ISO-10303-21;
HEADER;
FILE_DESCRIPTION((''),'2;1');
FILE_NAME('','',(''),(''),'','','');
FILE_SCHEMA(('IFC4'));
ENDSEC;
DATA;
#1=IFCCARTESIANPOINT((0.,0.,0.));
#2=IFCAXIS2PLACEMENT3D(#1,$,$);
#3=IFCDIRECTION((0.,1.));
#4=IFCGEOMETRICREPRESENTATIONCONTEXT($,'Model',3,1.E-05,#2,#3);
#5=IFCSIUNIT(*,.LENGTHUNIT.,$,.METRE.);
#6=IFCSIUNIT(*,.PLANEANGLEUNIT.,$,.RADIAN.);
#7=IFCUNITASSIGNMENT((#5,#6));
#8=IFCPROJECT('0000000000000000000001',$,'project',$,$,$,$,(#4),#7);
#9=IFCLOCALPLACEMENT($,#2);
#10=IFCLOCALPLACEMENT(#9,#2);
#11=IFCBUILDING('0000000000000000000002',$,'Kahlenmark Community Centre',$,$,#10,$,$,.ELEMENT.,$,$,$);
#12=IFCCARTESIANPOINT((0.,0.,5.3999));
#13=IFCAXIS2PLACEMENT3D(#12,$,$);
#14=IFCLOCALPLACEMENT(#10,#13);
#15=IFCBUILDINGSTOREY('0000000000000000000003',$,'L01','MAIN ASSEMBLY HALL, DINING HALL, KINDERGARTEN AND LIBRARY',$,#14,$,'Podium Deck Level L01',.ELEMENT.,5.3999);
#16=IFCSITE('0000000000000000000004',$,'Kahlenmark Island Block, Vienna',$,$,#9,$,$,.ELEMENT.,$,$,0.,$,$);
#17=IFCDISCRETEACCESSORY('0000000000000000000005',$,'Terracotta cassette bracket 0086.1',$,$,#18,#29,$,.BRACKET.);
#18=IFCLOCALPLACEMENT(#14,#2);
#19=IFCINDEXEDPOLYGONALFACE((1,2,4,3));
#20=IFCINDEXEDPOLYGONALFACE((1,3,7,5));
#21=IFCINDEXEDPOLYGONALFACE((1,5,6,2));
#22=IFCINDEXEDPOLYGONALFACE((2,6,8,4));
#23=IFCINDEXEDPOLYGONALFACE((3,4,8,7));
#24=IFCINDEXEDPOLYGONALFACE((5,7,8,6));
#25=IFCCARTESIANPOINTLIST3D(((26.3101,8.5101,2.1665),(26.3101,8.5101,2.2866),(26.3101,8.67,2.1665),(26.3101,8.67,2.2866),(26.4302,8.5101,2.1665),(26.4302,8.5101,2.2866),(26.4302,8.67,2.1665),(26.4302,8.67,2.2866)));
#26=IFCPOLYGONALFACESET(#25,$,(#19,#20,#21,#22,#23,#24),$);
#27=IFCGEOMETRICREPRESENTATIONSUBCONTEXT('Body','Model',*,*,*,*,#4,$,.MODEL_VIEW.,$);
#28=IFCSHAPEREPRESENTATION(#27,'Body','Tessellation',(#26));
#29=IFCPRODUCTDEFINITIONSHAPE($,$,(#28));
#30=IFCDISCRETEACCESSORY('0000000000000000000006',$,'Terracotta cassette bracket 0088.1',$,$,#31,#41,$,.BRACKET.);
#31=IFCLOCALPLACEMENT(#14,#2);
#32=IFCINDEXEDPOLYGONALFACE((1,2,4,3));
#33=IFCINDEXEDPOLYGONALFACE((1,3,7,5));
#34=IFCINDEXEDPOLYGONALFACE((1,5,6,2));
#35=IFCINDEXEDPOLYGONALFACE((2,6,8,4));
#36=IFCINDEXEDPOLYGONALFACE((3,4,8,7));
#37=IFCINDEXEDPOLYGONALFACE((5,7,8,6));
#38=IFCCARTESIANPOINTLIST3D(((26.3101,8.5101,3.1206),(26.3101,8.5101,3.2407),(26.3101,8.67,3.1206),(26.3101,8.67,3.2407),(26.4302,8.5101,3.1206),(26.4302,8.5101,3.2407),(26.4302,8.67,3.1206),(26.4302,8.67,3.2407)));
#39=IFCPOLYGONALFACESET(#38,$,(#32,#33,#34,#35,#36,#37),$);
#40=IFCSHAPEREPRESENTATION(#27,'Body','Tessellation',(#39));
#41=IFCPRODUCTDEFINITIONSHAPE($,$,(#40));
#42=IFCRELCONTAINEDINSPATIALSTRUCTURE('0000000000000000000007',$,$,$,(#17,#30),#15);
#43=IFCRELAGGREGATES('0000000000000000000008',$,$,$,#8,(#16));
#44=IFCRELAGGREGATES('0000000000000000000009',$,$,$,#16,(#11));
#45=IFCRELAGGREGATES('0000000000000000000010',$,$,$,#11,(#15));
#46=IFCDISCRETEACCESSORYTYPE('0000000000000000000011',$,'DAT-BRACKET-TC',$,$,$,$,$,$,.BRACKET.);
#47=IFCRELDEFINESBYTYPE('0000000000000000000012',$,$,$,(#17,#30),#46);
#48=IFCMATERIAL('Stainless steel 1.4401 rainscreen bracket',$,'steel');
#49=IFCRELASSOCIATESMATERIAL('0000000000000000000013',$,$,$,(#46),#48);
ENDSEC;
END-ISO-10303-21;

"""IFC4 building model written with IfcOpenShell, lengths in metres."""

from ifc_helpers import new_model, si_unit, direction, frame, origin, origin_2d, place, context, subcontext, project, spatial, rectangle, extrude, material, type_object, element, save


model = new_model("IFC4")

# Units and contexts
model_context = context("Model", 3, precision=1e-05, world=origin(), true_north=direction((0.0, 1.0)))
body_context = subcontext(model_context, "Body", "Model", "MODEL_VIEW")
ifc_project = project(units=[si_unit("LENGTHUNIT", "METRE"), si_unit("PLANEANGLEUNIT", "RADIAN")], contexts=[model_context])

# Site, building, storey
site_placement = place(None, origin())
site = spatial("IfcSite", under=ifc_project, at=site_placement, Name="Kahlenmark Island Block, Vienna", CompositionType="ELEMENT", RefElevation=0.0)
building_placement = place(site_placement, origin())
building = spatial("IfcBuilding", under=site, at=building_placement, Name="Kahlenmark Community Centre", CompositionType="ELEMENT")
storey_placement = place(building_placement, frame((0.0, 0.0, 5.3999)))
storey = spatial("IfcBuildingStorey", under=building, at=storey_placement, Name="L01", Description="MAIN ASSEMBLY HALL, DINING HALL, KINDERGARTEN AND LIBRARY", LongName="Podium Deck Level L01", CompositionType="ELEMENT", Elevation=5.3999)

# Discrete accessories
ifc_material_1 = material(Name="Stainless steel 1.4401 rainscreen bracket", Category="steel")
discrete_accessory_type = type_object("IfcDiscreteAccessoryType", Name="DAT-BRACKET-TC", PredefinedType="BRACKET", material=ifc_material_1)
for number, where, z_axis, x_axis, name in (
    (1, (26.3701, 8.5901, 2.1665), (0.0, 0.0, 1.0), (1.0, 0.0, 0.0), "Terracotta cassette bracket 0086.1"),
    (2, (26.3701, 8.5901, 3.1206), (0.0, 0.0, 1.0), (1.0, 0.0, 0.0), "Terracotta cassette bracket 0088.1"),
):
    element("IfcDiscreteAccessory", number, at=place(storey_placement, frame(where, z_axis=z_axis, x_axis=x_axis)), inside=storey, type_object=discrete_accessory_type, Name=name, PredefinedType="BRACKET", context=body_context, shape_type="SweptSolid", body=[
        extrude(rectangle(XDim=0.1201, YDim=0.1599, at=origin_2d()), origin(), (0.0, 0.0, 1.0), 0.1201),
    ])

save(model, "model.ifc")
